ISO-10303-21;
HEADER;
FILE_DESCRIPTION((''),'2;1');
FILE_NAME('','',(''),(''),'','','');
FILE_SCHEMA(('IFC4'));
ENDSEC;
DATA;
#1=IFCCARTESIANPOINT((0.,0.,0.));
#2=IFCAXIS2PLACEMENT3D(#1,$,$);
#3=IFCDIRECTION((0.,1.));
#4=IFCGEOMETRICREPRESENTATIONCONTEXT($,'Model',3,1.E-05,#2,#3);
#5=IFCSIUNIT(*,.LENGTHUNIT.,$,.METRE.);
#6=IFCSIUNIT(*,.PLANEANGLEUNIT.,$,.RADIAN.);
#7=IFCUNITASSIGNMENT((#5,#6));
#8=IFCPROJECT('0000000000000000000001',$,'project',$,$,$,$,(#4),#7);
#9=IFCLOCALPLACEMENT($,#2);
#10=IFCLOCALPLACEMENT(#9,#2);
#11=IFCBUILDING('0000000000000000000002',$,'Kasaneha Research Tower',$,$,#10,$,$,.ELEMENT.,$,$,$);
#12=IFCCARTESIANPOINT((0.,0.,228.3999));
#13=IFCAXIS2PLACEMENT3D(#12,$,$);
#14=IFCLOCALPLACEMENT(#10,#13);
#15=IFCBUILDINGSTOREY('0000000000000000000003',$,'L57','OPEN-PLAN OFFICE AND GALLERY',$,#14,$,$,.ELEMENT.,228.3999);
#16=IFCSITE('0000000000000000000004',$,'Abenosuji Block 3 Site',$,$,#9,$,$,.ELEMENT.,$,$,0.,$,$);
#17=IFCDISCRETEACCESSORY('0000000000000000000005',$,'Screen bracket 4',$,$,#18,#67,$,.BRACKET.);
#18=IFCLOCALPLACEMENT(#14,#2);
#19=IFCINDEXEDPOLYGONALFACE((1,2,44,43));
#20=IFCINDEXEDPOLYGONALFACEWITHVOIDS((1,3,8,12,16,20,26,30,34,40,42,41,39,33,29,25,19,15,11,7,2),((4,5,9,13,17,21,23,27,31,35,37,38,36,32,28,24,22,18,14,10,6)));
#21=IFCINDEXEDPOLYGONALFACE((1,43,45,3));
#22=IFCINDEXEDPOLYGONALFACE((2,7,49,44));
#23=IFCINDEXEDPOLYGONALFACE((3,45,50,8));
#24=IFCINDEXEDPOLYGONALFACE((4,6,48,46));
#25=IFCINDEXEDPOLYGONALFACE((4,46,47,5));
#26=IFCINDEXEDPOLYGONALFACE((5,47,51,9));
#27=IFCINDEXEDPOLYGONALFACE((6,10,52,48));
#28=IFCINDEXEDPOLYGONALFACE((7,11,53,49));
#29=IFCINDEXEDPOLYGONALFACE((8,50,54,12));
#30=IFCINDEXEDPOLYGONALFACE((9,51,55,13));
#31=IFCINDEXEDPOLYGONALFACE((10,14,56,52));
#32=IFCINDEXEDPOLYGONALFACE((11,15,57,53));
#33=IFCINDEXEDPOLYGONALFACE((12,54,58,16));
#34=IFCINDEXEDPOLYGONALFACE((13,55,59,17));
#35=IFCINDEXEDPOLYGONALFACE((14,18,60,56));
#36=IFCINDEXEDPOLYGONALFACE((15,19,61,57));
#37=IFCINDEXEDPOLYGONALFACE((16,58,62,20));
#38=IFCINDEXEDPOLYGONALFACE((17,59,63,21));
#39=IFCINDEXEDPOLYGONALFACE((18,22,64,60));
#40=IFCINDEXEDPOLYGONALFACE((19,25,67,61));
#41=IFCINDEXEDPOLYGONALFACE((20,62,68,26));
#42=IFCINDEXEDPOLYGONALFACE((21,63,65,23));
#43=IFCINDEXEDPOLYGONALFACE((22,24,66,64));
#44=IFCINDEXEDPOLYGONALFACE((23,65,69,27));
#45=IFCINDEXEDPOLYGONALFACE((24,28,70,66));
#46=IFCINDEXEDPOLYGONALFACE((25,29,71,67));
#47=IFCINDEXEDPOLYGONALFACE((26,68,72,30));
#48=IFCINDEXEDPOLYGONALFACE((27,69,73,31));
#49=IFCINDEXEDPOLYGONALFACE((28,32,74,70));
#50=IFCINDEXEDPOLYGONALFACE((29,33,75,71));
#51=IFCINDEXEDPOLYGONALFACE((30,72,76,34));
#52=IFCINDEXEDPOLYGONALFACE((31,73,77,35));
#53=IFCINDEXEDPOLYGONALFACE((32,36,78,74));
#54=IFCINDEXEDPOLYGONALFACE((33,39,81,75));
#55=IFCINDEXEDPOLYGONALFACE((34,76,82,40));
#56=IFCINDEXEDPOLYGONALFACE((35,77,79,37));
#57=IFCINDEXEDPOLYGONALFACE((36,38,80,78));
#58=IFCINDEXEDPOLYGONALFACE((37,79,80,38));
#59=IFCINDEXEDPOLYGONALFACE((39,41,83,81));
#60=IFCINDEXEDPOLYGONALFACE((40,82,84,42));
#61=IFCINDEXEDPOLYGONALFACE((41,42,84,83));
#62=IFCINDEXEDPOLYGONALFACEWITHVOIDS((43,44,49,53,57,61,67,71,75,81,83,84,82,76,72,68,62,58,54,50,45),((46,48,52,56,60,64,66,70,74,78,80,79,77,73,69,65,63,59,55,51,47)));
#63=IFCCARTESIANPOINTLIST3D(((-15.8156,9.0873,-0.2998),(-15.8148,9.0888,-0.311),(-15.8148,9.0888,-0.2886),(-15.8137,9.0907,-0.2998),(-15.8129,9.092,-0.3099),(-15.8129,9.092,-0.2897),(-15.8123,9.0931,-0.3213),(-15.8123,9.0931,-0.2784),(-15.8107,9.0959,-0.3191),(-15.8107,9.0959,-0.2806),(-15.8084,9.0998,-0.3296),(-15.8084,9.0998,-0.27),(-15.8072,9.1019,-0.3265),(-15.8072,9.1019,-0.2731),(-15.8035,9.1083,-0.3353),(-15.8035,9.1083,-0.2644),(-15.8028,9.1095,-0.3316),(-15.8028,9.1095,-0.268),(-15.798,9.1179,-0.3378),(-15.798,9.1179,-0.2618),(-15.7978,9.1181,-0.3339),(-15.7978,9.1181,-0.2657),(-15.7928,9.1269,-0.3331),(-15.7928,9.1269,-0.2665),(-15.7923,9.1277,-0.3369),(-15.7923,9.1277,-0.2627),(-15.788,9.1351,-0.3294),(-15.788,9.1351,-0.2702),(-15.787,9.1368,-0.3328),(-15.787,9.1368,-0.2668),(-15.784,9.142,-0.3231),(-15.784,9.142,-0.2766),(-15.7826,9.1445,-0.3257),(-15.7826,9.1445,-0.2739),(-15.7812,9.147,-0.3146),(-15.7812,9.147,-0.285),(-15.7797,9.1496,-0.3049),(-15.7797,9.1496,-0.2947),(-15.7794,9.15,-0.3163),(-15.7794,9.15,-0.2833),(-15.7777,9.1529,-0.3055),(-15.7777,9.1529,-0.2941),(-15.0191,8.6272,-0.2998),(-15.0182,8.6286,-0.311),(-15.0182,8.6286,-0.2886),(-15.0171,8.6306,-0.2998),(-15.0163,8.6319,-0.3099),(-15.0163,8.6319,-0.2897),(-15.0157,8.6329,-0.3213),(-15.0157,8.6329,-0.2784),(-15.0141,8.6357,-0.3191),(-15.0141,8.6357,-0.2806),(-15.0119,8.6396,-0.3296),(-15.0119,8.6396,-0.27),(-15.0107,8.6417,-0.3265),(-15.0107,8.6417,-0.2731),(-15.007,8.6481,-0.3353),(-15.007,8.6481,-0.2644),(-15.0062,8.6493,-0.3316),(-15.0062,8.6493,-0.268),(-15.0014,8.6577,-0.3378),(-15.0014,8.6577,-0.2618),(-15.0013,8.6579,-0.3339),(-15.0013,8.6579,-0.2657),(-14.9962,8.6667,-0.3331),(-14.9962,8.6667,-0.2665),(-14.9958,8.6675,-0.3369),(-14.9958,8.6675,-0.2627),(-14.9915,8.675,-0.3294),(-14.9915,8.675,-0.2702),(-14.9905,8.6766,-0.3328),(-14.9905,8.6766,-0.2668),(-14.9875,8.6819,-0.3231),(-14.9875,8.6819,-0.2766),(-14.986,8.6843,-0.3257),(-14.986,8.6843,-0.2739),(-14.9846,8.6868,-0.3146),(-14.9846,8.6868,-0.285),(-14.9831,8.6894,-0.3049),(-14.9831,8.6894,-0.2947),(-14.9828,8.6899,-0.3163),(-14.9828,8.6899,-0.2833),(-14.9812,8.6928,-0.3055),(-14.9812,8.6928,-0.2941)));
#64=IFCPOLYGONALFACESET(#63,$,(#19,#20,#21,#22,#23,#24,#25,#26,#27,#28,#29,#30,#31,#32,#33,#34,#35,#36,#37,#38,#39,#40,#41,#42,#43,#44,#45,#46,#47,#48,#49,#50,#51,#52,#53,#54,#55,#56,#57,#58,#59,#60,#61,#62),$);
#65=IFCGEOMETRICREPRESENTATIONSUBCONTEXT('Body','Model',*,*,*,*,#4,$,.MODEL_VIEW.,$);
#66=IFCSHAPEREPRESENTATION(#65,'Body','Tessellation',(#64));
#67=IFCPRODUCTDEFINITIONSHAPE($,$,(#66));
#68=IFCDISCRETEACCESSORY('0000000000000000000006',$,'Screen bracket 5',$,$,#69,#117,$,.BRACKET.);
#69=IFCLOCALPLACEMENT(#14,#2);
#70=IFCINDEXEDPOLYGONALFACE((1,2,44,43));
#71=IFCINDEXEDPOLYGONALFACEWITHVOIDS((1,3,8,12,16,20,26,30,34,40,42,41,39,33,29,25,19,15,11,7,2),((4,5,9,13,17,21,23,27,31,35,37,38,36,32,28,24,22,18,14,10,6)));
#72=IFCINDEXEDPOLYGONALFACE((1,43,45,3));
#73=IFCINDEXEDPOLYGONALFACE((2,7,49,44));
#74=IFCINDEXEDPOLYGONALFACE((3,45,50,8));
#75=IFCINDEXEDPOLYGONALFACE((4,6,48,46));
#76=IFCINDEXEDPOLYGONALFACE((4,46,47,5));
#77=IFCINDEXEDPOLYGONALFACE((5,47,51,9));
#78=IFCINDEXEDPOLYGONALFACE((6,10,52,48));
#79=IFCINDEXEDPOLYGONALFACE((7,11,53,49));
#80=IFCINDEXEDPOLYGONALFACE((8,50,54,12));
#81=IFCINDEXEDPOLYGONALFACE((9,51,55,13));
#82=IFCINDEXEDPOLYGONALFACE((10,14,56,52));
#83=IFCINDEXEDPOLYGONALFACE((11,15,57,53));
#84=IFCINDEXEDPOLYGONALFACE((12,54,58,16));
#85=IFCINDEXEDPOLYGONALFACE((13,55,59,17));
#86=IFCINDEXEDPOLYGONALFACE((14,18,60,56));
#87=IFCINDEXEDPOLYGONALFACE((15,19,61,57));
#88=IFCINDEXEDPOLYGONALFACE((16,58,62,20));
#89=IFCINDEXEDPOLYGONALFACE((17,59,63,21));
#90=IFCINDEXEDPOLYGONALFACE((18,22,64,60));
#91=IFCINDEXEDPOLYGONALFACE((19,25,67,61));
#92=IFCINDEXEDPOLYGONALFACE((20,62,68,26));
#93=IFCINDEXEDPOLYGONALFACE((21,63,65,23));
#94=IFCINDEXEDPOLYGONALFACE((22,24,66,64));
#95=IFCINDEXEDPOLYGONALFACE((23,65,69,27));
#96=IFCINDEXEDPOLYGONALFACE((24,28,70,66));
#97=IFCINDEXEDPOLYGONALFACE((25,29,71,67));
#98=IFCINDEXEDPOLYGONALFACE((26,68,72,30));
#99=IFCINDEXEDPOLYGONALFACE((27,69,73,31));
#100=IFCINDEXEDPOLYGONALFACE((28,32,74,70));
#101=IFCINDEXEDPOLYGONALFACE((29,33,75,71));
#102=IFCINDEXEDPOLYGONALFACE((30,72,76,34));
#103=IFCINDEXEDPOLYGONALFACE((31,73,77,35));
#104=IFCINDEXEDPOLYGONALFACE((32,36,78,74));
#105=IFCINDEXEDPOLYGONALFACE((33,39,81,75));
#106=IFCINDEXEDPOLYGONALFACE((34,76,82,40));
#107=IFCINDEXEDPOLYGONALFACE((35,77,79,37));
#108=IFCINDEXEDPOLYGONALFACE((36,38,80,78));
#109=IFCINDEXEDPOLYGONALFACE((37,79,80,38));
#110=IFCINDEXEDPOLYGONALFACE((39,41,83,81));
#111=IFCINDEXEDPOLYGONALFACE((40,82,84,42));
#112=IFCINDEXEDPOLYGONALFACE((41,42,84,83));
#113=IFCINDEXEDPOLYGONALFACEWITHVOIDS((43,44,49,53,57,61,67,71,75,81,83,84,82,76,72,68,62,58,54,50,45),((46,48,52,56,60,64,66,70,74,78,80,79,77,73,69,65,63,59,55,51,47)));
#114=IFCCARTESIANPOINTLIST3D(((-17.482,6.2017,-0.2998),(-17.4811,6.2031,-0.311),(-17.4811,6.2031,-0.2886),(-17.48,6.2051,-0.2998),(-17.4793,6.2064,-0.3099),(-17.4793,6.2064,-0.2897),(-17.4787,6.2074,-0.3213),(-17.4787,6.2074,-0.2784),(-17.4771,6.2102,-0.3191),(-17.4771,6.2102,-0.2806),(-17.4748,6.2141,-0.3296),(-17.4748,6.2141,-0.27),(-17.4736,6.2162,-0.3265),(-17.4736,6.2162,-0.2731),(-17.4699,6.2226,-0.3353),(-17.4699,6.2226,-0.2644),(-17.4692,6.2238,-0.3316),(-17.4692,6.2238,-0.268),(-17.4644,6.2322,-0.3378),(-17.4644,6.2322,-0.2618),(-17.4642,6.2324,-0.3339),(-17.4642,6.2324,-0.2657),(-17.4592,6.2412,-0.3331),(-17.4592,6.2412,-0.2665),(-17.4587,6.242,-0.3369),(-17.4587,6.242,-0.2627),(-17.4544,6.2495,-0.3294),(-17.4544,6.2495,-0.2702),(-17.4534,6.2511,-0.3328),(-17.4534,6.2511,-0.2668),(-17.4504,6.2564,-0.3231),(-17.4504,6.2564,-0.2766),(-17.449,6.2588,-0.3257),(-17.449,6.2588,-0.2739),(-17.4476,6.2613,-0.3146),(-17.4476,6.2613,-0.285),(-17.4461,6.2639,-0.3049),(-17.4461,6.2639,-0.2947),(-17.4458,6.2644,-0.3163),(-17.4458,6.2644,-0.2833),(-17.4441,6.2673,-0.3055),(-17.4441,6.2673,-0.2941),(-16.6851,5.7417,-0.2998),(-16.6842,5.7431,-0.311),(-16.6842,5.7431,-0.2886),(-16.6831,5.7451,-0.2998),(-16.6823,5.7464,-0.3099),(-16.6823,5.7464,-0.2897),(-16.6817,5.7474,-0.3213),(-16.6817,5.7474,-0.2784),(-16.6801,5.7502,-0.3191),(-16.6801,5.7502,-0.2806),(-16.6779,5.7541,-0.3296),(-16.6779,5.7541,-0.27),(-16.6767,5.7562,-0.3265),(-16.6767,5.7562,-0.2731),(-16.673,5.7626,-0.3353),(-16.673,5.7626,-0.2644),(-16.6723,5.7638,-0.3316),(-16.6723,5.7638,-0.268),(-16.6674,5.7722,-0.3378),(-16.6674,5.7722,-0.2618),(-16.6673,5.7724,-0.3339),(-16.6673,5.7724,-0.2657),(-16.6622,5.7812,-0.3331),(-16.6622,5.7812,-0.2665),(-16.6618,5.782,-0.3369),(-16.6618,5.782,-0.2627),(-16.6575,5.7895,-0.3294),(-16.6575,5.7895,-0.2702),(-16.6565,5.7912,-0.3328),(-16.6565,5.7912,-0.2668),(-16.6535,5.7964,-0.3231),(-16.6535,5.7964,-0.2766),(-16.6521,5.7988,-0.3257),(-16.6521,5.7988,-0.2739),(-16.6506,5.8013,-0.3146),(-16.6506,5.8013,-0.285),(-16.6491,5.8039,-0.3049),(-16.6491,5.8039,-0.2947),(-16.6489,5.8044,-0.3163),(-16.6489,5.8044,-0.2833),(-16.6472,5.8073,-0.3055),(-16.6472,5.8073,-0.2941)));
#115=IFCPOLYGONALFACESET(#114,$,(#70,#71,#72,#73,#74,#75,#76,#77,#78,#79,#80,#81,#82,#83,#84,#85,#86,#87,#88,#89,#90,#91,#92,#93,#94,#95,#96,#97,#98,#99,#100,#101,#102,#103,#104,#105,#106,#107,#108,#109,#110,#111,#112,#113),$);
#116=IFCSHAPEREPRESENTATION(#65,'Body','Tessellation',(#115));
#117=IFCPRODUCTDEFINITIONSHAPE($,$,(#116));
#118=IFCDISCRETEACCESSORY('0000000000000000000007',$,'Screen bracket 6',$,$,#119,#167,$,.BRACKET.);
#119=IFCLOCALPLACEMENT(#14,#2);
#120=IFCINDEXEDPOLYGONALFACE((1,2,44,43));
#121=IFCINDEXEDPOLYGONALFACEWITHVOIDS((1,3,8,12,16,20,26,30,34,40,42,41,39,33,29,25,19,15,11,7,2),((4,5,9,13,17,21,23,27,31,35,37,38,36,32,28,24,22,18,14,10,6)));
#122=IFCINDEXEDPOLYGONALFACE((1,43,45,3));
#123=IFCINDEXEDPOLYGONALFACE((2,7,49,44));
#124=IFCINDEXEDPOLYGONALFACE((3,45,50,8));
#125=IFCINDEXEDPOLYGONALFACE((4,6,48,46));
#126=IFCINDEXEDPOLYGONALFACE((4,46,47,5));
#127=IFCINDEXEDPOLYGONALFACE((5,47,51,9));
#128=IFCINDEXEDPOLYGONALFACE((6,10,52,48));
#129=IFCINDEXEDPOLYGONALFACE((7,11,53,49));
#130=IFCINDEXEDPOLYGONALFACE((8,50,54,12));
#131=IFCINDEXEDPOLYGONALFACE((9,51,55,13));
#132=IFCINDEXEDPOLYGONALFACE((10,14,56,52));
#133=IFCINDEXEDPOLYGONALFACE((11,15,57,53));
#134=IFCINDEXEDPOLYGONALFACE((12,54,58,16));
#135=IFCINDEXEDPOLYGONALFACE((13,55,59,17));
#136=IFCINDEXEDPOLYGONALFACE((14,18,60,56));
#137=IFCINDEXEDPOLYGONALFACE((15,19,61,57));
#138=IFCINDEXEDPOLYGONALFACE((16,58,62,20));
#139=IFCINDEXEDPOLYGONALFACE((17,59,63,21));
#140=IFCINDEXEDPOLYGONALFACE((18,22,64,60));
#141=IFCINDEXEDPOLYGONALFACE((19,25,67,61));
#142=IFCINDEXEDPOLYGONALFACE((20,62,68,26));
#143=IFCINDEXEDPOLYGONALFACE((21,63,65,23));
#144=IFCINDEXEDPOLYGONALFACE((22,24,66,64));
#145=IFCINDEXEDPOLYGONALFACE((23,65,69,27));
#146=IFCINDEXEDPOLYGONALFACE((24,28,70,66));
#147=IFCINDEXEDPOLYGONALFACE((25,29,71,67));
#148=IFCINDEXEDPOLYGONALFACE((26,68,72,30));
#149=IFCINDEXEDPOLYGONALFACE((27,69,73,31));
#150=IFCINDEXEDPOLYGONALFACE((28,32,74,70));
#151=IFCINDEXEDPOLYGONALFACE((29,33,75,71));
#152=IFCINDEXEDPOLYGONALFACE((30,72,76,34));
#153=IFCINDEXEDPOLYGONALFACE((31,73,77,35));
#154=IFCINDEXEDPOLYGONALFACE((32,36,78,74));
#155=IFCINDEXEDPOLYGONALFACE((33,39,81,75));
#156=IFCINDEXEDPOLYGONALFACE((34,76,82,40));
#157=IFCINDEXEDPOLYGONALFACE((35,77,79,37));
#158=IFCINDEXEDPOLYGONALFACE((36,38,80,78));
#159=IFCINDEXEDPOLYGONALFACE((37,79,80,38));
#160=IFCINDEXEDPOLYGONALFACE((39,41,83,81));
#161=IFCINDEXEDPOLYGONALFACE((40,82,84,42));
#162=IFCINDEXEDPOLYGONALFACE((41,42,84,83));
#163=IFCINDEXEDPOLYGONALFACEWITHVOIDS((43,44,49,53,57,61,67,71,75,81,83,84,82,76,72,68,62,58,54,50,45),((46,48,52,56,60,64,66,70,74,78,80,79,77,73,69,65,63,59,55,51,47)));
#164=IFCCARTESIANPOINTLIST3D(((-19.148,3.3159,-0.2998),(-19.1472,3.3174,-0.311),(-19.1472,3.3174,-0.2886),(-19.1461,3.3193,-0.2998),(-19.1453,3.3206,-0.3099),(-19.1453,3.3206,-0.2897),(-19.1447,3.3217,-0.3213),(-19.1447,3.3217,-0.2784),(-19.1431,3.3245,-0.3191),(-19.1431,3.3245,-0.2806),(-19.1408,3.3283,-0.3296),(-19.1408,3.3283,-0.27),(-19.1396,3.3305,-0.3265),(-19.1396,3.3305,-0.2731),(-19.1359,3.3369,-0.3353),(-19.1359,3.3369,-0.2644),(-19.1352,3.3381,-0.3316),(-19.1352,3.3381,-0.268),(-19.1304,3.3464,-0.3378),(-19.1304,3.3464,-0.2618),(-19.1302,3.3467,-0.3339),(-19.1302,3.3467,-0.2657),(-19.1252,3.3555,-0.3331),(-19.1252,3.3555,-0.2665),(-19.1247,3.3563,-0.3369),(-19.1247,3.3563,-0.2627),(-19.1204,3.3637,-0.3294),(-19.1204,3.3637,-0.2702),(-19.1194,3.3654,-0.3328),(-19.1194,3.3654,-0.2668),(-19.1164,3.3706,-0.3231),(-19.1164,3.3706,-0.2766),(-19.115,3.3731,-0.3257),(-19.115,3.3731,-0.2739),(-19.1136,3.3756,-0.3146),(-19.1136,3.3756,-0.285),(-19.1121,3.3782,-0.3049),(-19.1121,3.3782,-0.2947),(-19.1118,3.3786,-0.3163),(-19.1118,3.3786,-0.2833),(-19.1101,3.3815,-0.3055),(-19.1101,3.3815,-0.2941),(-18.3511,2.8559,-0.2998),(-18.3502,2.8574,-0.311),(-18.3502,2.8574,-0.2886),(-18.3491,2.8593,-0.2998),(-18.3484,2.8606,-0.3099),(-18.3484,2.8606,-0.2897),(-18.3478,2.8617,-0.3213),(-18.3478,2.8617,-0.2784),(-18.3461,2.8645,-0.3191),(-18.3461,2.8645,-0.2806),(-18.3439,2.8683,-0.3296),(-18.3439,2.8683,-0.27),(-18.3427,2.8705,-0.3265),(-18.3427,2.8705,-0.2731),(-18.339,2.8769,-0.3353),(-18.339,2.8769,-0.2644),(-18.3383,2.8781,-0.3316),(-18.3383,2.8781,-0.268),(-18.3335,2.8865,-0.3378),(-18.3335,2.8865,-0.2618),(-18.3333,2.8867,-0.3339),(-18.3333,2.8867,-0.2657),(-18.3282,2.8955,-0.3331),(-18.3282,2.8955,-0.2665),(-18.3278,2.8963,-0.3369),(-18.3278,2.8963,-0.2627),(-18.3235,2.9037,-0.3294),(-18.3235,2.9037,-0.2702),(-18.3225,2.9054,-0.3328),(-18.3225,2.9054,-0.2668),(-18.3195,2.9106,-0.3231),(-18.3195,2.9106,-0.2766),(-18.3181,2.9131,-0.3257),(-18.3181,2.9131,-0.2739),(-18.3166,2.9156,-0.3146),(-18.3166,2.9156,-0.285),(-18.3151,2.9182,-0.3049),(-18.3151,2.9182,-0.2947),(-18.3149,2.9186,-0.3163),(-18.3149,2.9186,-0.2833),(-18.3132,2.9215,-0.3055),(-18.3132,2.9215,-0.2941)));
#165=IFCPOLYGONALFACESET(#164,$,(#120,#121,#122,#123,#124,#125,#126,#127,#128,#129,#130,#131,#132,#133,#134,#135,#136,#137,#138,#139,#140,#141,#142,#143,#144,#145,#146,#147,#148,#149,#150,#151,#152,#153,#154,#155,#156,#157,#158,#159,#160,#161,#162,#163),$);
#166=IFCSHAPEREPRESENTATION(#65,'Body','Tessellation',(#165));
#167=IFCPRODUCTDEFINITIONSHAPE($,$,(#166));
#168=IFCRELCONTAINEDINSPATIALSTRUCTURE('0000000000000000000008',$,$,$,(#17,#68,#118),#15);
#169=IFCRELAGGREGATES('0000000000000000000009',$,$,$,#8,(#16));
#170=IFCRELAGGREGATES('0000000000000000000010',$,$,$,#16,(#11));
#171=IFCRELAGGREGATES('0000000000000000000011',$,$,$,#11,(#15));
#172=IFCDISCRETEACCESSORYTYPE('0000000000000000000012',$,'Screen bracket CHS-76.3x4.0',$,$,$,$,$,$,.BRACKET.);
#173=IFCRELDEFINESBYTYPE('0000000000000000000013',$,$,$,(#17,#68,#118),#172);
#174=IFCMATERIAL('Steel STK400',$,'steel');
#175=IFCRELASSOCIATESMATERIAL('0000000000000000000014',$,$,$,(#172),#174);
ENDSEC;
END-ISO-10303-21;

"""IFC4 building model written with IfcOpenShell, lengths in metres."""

from ifc_helpers import new_model, si_unit, direction, frame, origin, origin_2d, place, context, subcontext, project, spatial, hollow_circle, extrude, material, material_profile, profile_set, type_object, element, save


model = new_model("IFC4")

# Units and contexts
model_context = context("Model", 3, precision=1e-05, world=origin(), true_north=direction((0.0, 1.0)))
body_context = subcontext(model_context, "Body", "Model", "MODEL_VIEW")
ifc_project = project(units=[si_unit("LENGTHUNIT", "METRE"), si_unit("PLANEANGLEUNIT", "RADIAN")], contexts=[model_context])

# Site, building, storey
site_placement = place(None, origin())
site = spatial("IfcSite", under=ifc_project, at=site_placement, Name="Abenosuji Block 3 Site", CompositionType="ELEMENT", RefElevation=0.0)
building_placement = place(site_placement, origin())
building = spatial("IfcBuilding", under=site, at=building_placement, Name="Kasaneha Research Tower", CompositionType="ELEMENT")
storey_placement = place(building_placement, frame((0.0, 0.0, 228.3999)))
storey = spatial("IfcBuildingStorey", under=building, at=storey_placement, Name="L57", Description="OPEN-PLAN OFFICE AND GALLERY", CompositionType="ELEMENT", Elevation=228.3999)

# Discrete accessories
ifc_material_1 = material(Name="Steel STK400", Category="steel")
ifc_material_profile_1 = material_profile(ifc_material_1, hollow_circle(Radius=0.0381, WallThickness=0.0039, at=origin_2d()), Name="CHS-76.3x4.0")
ifc_profile_set_1 = profile_set([ifc_material_profile_1], Name="Steel STK400")
discrete_accessory_type = type_object("IfcDiscreteAccessoryType", Name="Screen bracket CHS-76.3x4.0", PredefinedType="BRACKET", material=ifc_profile_set_1)
discrete_accessory_1_placement = place(storey_placement, frame((-15.0, 8.6602, -0.2998), z_axis=(-0.865898, 0.50022, 0.0), x_axis=(-0.50022, -0.865898, 0.0)))
element("IfcDiscreteAccessory", 1, at=discrete_accessory_1_placement, inside=storey, type_object=discrete_accessory_type, Name="Screen bracket 4", PredefinedType="BRACKET", context=body_context, shape_type="SweptSolid", body=[
    extrude(hollow_circle(Radius=0.0381, WallThickness=0.0039, at=origin_2d()), origin(), (0.0, 0.0, 1.0), 0.9199),
])
for number, where, z_axis, x_axis, name in (
    (2, (-16.666, 5.7747, -0.2998), (-0.86608, 0.499906, 0.0), (-0.499906, -0.86608, 0.0), "Screen bracket 5"),
    (3, (-18.332, 2.8889, -0.2998), (-0.86608, 0.499906, 0.0), (-0.499906, -0.86608, 0.0), "Screen bracket 6"),
):
    element("IfcDiscreteAccessory", number, at=place(storey_placement, frame(where, z_axis=z_axis, x_axis=x_axis)), inside=storey, type_object=discrete_accessory_type, Name=name, PredefinedType="BRACKET", context=body_context, shape_type="SweptSolid", body=[
        extrude(hollow_circle(Radius=0.0381, WallThickness=0.0039, at=origin_2d()), origin(), (0.0, 0.0, 1.0), 0.9202),
    ])

save(model, "model.ifc")
